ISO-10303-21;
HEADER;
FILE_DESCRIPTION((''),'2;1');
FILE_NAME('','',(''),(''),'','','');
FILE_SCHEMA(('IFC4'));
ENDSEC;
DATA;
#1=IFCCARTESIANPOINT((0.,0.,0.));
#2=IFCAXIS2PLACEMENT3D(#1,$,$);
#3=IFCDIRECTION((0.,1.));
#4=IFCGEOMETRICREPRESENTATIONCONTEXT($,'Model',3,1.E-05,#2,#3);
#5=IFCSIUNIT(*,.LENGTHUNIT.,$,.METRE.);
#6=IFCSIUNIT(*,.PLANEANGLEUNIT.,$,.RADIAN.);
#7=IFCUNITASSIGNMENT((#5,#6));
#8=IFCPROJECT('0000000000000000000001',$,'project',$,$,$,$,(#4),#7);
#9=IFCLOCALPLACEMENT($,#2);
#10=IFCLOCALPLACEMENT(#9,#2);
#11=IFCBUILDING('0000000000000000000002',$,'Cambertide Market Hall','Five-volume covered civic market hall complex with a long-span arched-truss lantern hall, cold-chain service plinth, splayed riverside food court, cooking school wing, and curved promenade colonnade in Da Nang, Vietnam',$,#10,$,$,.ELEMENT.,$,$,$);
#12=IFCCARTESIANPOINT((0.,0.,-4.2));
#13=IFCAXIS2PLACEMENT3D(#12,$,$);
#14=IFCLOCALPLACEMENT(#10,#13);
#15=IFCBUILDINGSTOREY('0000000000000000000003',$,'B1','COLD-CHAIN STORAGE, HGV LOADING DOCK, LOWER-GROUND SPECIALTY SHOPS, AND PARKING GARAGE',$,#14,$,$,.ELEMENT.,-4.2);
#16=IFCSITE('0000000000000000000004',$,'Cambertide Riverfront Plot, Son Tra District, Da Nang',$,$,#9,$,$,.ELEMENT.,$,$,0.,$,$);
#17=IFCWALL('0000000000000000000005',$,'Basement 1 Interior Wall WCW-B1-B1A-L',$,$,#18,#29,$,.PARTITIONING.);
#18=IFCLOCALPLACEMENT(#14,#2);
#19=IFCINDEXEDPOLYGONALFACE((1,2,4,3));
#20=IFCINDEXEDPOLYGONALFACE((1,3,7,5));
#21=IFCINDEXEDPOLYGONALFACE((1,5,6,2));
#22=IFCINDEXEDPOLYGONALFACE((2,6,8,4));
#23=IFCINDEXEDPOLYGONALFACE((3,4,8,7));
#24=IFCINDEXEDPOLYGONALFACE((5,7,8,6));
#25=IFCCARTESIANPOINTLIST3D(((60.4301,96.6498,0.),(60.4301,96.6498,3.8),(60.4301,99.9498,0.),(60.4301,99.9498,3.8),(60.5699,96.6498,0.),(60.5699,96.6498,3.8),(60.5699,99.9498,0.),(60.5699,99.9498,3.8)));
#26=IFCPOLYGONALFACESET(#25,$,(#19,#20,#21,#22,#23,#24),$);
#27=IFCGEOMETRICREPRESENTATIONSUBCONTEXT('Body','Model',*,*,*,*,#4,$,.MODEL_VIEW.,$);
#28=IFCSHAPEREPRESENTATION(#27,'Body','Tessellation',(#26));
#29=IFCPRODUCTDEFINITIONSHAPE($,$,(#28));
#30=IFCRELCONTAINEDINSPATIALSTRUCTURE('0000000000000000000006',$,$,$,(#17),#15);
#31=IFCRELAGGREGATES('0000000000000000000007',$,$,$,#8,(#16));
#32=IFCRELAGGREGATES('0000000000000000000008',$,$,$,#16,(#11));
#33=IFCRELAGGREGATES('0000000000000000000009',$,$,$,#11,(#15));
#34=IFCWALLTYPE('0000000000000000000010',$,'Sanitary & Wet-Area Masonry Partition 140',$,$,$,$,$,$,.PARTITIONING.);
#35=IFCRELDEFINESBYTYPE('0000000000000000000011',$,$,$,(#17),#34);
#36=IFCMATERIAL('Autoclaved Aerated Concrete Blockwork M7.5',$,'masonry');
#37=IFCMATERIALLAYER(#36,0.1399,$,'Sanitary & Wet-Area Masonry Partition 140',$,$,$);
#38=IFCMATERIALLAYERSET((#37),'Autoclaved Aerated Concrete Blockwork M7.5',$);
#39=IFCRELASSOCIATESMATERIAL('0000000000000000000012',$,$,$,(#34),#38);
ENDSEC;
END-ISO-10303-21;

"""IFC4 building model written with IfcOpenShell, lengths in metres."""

from ifc_helpers import new_model, si_unit, direction, frame, frame_2d, origin, place, context, subcontext, project, spatial, rectangle, extrude, material, layer, layer_set, type_object, element, save


model = new_model("IFC4")

# Units and contexts
model_context = context("Model", 3, precision=1e-05, world=origin(), true_north=direction((0.0, 1.0)))
body_context = subcontext(model_context, "Body", "Model", "MODEL_VIEW")
ifc_project = project(units=[si_unit("LENGTHUNIT", "METRE"), si_unit("PLANEANGLEUNIT", "RADIAN")], contexts=[model_context])

# Site, building, storey
site_placement = place(None, origin())
site = spatial("IfcSite", under=ifc_project, at=site_placement, Name="Cambertide Riverfront Plot, Son Tra District, Da Nang", CompositionType="ELEMENT", RefElevation=0.0)
building_placement = place(site_placement, origin())
building = spatial("IfcBuilding", under=site, at=building_placement, Name="Cambertide Market Hall", Description="Five-volume covered civic market hall complex with a long-span arched-truss lantern hall, cold-chain service plinth, splayed riverside food court, cooking school wing, and curved promenade colonnade in Da Nang, Vietnam", CompositionType="ELEMENT")
storey_placement = place(building_placement, frame((0.0, 0.0, -4.2)))
storey = spatial("IfcBuildingStorey", under=building, at=storey_placement, Name="B1", Description="COLD-CHAIN STORAGE, HGV LOADING DOCK, LOWER-GROUND SPECIALTY SHOPS, AND PARKING GARAGE", CompositionType="ELEMENT", Elevation=-4.2)

# Shared definitions
ifc_material_1 = material(Name="Autoclaved Aerated Concrete Blockwork M7.5", Category="masonry")
ifc_layer_1 = layer(ifc_material_1, 0.1399, Name="Sanitary & Wet-Area Masonry Partition 140")
ifc_layer_set_1 = layer_set([ifc_layer_1], Name="Autoclaved Aerated Concrete Blockwork M7.5")
wall_type_1 = type_object("IfcWallType", Name="Sanitary & Wet-Area Masonry Partition 140", PredefinedType="PARTITIONING", material=ifc_layer_set_1)

# Wall
for number, where, z_axis, x_axis, name in (
    (1, (60.5, 96.6499, 0.0), (0.0, 0.0, 1.0), (0.0, 1.0, 0.0), "Basement 1 Interior Wall WCW-B1-B1A-L"),
):
    element("IfcWall", number, at=place(storey_placement, frame(where, z_axis=z_axis, x_axis=x_axis)), inside=storey, type_object=wall_type_1, Name=name, PredefinedType="PARTITIONING", context=body_context, shape_type="SweptSolid", body=[
        extrude(rectangle(XDim=3.3, YDim=0.1399, at=frame_2d((1.6499, 0.0))), origin(), (0.0, 0.0, 1.0), 3.8),
    ])

save(model, "model.ifc")
